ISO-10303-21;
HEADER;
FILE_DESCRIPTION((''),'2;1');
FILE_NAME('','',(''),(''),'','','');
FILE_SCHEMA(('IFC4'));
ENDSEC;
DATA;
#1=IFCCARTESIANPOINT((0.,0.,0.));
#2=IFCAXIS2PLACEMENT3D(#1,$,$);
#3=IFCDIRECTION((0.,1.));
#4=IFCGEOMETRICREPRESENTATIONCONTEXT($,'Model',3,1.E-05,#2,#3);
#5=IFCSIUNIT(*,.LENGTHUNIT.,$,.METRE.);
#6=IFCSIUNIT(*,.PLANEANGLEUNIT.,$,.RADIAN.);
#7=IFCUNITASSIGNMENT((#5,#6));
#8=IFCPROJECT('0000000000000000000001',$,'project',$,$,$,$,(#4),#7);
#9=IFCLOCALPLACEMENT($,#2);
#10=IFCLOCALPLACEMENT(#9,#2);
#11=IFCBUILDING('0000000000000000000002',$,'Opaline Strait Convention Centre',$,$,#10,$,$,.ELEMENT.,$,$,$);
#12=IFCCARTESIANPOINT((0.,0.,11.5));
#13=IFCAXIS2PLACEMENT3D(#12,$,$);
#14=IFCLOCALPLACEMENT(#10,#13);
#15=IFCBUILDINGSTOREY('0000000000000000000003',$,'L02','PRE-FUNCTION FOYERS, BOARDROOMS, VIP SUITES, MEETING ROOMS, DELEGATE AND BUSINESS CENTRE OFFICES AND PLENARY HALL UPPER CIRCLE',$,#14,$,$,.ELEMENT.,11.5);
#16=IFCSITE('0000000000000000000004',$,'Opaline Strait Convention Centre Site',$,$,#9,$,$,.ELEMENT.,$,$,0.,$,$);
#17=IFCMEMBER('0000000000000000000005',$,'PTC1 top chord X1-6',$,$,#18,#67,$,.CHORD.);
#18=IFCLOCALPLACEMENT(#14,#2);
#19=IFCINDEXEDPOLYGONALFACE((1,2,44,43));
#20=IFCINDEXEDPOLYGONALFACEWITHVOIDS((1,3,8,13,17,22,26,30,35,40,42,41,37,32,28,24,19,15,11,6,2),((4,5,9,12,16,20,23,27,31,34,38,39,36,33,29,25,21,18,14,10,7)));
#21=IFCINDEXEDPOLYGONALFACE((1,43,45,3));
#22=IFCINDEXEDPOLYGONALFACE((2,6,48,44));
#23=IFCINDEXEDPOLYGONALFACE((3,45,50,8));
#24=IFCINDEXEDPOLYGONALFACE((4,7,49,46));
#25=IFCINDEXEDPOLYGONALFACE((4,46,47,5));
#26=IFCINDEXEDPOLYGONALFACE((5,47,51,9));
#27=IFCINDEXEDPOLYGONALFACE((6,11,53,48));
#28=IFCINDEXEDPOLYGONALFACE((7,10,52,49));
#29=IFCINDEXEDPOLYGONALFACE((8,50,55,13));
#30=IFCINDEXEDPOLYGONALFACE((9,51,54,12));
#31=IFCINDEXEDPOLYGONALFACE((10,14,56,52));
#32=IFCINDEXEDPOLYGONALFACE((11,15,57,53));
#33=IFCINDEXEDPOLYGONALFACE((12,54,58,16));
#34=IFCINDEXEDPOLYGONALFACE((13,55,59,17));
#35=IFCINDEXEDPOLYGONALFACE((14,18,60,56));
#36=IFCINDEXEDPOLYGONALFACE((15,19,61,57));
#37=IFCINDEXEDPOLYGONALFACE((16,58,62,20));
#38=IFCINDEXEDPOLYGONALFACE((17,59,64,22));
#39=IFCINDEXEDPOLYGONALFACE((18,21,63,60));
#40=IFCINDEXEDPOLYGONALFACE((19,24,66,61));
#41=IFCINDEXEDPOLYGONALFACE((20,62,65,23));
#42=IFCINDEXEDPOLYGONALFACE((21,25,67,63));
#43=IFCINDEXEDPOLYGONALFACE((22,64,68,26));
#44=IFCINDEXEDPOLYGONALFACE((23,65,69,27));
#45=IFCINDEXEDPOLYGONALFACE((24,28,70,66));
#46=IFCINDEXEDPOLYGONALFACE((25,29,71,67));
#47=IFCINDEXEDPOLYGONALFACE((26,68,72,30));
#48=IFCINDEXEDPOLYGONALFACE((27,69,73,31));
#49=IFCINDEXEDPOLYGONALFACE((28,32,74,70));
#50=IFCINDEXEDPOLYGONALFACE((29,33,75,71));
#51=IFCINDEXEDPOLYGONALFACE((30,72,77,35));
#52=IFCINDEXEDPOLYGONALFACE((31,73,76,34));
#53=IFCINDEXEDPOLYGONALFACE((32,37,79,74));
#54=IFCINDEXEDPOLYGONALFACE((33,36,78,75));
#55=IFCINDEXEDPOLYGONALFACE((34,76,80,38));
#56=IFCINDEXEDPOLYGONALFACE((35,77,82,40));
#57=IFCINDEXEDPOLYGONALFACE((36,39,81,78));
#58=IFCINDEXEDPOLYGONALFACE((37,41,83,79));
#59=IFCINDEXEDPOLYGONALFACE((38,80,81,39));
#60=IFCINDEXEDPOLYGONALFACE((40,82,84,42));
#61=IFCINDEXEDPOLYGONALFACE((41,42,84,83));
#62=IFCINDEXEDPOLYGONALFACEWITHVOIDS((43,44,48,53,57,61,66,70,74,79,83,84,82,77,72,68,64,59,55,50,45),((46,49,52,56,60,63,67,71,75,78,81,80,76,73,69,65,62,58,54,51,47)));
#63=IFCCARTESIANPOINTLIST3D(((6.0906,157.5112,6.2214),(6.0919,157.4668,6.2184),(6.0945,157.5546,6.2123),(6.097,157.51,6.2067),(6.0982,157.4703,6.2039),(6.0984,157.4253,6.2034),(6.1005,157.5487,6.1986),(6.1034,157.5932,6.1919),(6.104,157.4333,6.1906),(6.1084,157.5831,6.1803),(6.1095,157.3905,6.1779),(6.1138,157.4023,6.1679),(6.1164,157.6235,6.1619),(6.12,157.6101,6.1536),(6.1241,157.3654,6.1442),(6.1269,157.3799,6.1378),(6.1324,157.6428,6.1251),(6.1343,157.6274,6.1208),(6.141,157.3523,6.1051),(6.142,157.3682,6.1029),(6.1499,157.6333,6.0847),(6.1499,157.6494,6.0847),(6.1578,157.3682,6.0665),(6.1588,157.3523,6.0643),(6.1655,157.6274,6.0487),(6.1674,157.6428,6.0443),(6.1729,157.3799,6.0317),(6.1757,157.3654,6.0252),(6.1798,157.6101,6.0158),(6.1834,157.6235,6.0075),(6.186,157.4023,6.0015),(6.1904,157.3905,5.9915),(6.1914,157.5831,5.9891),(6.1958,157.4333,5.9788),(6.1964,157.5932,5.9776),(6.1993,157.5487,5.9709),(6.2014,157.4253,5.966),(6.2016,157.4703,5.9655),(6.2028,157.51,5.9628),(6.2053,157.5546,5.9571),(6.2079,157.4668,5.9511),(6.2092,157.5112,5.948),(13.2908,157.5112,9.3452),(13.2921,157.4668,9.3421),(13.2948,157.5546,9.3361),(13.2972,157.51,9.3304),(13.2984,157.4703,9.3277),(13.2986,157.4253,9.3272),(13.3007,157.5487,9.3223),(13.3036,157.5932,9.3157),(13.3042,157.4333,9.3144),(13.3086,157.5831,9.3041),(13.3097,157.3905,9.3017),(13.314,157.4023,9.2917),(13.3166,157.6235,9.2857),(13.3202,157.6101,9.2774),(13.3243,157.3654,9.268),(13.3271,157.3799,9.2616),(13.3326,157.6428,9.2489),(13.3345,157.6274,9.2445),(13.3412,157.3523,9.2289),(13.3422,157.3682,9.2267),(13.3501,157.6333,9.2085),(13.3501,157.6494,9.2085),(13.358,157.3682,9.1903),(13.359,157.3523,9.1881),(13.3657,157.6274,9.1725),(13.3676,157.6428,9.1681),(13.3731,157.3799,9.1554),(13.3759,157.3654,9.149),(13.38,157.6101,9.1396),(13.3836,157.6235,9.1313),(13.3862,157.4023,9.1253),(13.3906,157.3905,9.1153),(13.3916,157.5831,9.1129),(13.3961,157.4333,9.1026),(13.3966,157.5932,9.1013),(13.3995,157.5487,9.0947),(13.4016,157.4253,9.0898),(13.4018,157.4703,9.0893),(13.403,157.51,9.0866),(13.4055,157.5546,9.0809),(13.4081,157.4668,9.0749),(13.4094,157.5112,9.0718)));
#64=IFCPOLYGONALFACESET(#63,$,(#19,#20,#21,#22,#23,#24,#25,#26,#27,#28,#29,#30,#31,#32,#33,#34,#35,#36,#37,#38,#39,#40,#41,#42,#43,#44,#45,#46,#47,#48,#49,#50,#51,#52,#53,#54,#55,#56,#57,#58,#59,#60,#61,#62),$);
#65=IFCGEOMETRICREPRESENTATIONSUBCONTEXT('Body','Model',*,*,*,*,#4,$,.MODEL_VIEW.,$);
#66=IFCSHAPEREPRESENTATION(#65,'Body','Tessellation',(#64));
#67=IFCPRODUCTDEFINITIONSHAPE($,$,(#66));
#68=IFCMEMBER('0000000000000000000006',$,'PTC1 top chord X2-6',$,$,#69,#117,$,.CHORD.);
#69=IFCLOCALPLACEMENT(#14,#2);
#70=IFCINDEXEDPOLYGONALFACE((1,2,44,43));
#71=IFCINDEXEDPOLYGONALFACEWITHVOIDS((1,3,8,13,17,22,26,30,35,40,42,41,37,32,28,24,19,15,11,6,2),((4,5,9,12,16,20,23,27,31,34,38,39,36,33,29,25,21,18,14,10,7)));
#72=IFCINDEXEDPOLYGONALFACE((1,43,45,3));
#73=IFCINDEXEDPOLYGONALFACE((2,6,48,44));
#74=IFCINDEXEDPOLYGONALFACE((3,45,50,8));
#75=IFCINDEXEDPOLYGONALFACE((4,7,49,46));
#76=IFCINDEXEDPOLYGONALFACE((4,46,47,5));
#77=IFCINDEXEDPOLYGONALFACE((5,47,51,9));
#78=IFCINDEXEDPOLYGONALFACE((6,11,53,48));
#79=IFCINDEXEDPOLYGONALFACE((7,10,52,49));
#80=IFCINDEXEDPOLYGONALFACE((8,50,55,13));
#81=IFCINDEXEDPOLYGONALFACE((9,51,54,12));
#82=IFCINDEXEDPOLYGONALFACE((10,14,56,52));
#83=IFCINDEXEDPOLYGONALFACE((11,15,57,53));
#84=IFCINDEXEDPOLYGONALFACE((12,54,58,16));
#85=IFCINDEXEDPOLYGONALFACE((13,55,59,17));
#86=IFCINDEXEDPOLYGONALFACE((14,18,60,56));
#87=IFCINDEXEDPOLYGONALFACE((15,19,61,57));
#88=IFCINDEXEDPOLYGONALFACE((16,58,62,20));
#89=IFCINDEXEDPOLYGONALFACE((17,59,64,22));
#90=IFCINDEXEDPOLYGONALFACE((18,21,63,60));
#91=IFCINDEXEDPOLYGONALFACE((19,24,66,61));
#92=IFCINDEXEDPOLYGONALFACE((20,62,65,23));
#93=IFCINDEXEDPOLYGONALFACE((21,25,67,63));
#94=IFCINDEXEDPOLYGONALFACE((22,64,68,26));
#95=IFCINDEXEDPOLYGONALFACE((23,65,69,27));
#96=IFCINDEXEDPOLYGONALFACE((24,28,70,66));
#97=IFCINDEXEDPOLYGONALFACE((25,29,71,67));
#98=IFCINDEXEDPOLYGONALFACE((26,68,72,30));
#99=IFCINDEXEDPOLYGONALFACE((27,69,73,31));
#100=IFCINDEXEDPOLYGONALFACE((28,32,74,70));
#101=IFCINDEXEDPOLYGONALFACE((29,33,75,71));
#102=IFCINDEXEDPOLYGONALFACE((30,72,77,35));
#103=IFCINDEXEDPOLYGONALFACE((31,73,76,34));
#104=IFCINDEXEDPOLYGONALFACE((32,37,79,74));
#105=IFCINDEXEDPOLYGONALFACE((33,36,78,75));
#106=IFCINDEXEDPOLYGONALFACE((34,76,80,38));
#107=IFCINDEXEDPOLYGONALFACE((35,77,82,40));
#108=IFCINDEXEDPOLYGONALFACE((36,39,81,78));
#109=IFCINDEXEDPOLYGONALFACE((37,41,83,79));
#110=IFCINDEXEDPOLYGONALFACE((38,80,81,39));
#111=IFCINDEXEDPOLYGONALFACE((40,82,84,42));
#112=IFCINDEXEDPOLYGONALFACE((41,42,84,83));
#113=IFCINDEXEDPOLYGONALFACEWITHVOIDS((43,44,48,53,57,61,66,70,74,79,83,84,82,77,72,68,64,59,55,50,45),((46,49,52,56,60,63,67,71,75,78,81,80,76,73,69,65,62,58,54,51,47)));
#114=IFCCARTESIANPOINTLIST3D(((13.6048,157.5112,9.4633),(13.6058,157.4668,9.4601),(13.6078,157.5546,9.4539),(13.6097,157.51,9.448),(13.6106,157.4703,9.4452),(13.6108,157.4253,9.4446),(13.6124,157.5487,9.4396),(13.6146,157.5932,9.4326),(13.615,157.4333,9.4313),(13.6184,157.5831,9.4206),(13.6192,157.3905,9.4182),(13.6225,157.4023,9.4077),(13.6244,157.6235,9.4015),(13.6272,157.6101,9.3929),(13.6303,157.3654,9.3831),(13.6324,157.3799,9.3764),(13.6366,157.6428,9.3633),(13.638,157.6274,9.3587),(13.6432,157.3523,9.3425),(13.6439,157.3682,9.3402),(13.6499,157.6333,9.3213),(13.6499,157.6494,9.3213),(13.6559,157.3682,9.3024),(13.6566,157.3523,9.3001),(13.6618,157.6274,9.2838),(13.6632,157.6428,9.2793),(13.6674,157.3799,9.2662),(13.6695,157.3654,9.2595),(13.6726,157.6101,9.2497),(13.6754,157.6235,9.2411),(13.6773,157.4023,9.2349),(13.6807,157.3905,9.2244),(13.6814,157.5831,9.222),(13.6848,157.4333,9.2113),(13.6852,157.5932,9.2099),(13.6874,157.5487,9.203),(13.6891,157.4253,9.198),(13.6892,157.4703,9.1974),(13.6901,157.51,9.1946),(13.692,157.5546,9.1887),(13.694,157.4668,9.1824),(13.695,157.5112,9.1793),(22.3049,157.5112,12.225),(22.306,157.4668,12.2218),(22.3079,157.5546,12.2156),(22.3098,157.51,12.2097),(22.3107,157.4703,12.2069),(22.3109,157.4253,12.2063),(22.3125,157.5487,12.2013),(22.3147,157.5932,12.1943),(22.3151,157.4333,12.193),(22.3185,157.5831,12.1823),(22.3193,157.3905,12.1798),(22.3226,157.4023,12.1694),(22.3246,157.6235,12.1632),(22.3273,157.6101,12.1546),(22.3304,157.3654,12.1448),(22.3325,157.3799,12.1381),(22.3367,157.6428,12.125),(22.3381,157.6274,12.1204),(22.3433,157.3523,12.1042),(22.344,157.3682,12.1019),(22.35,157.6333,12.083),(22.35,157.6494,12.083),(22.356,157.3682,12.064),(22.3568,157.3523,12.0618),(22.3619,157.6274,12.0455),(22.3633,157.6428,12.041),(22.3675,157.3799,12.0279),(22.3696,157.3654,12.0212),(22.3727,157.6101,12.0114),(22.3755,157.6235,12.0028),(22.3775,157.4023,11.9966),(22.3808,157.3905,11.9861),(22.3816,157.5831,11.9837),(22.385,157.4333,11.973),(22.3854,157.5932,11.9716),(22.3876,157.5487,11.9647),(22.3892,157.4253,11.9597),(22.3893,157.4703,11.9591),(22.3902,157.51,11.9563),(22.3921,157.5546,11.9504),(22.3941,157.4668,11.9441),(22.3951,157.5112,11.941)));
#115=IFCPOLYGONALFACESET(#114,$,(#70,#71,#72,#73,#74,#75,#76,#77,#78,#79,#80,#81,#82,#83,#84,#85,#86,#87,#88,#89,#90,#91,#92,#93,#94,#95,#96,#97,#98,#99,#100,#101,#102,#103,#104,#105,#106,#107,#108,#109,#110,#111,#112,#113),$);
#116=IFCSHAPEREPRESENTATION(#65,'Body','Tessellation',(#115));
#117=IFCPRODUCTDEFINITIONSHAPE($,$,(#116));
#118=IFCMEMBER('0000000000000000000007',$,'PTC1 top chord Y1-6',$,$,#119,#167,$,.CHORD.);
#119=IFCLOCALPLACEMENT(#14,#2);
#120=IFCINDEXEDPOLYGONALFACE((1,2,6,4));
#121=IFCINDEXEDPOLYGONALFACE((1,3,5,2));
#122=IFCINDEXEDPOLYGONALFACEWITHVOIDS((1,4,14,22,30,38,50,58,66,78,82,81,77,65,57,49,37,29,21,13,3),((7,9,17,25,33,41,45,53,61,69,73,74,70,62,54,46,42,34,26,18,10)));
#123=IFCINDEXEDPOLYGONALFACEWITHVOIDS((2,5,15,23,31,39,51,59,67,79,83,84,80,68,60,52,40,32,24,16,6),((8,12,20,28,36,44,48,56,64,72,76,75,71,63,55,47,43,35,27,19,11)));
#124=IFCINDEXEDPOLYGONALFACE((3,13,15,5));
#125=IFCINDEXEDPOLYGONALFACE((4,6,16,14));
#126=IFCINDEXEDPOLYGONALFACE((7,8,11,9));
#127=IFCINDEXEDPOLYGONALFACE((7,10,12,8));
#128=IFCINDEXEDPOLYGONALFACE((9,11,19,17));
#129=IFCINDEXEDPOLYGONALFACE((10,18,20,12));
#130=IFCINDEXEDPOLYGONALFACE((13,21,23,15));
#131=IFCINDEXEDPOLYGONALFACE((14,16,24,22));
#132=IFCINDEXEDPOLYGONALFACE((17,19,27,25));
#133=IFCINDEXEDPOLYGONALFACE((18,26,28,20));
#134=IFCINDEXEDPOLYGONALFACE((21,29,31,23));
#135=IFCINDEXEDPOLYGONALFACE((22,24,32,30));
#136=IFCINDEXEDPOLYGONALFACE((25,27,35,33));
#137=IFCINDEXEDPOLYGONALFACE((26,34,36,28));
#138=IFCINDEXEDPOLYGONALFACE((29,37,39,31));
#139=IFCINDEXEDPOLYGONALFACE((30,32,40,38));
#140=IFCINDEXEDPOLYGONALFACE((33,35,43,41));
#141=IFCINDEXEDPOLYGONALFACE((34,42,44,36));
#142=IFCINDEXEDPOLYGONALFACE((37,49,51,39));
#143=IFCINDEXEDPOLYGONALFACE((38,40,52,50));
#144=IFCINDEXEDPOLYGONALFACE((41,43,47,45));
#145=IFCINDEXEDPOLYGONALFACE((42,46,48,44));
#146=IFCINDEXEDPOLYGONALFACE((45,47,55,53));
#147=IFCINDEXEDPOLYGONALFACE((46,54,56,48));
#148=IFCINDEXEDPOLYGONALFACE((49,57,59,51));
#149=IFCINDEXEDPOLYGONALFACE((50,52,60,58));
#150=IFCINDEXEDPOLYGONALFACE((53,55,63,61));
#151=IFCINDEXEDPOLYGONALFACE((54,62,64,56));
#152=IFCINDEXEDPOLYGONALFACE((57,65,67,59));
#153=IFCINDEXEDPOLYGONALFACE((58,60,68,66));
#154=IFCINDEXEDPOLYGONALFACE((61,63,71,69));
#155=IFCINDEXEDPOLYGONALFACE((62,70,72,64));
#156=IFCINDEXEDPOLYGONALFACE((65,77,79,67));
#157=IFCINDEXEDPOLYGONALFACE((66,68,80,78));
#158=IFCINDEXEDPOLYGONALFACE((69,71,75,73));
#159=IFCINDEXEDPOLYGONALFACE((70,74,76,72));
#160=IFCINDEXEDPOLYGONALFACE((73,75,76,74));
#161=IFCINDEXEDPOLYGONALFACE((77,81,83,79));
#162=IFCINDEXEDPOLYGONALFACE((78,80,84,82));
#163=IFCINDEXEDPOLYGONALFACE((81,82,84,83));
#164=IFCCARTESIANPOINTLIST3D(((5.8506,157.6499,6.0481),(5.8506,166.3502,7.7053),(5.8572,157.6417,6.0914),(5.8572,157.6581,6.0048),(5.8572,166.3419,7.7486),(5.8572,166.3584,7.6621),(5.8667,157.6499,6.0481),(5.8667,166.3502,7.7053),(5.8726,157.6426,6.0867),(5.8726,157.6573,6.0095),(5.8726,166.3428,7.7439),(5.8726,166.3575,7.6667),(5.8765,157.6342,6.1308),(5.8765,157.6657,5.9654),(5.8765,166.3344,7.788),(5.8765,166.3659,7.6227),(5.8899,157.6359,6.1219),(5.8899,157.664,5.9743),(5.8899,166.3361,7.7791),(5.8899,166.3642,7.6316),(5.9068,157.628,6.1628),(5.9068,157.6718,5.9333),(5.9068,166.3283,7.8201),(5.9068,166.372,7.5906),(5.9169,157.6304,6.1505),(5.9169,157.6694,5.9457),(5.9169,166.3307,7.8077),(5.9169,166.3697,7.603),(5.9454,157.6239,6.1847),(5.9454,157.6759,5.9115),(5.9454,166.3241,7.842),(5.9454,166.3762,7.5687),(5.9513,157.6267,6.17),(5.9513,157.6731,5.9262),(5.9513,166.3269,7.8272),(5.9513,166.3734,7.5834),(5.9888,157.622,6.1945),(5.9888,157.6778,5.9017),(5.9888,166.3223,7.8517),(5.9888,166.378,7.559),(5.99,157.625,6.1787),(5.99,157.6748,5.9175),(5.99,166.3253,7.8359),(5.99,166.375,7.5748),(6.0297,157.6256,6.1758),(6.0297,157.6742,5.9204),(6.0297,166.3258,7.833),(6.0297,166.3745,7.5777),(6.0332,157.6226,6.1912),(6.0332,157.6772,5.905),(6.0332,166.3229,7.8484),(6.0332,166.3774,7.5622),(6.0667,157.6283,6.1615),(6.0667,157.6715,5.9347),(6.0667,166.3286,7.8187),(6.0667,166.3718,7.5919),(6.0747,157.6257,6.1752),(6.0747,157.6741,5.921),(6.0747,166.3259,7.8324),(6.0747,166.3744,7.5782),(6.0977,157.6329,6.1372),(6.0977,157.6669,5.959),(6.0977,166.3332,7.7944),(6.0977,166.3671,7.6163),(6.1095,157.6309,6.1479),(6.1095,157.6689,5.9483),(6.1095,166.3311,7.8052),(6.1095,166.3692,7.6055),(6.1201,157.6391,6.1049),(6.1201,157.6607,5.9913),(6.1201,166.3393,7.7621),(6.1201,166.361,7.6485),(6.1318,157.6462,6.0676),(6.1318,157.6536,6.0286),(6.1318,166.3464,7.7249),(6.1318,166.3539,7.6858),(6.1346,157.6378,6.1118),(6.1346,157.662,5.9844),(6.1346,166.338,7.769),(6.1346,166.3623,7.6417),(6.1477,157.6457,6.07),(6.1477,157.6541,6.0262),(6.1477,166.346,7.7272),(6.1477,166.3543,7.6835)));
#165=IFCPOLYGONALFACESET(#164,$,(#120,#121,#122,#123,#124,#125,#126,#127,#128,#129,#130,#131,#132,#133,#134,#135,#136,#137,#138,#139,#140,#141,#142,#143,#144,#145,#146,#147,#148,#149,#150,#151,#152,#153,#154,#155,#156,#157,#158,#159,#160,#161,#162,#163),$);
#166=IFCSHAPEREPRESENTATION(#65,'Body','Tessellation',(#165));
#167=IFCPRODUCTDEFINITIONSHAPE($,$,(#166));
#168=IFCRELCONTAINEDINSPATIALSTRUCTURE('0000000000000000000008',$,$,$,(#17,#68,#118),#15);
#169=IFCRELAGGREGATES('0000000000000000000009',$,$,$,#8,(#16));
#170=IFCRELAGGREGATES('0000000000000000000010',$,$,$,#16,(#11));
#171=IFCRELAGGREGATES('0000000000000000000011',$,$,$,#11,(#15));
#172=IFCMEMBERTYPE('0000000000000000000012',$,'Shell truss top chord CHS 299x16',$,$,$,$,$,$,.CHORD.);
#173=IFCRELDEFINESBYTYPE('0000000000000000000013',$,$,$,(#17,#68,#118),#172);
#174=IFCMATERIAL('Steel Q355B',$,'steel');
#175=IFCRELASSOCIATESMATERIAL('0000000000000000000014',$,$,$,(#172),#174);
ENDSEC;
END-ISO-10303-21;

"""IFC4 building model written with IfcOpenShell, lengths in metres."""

from ifc_helpers import new_model, si_unit, direction, frame, origin, origin_2d, place, context, subcontext, project, spatial, hollow_circle, extrude, material, material_profile, profile_set, type_object, element, save


model = new_model("IFC4")

# Units and contexts
model_context = context("Model", 3, precision=1e-05, world=origin(), true_north=direction((0.0, 1.0)))
body_context = subcontext(model_context, "Body", "Model", "MODEL_VIEW")
ifc_project = project(units=[si_unit("LENGTHUNIT", "METRE"), si_unit("PLANEANGLEUNIT", "RADIAN")], contexts=[model_context])

# Site, building, storey
site_placement = place(None, origin())
site = spatial("IfcSite", under=ifc_project, at=site_placement, Name="Opaline Strait Convention Centre Site", CompositionType="ELEMENT", RefElevation=0.0)
building_placement = place(site_placement, origin())
building = spatial("IfcBuilding", under=site, at=building_placement, Name="Opaline Strait Convention Centre", CompositionType="ELEMENT")
storey_placement = place(building_placement, frame((0.0, 0.0, 11.5)))
storey = spatial("IfcBuildingStorey", under=building, at=storey_placement, Name="L02", Description="PRE-FUNCTION FOYERS, BOARDROOMS, VIP SUITES, MEETING ROOMS, DELEGATE AND BUSINESS CENTRE OFFICES AND PLENARY HALL UPPER CIRCLE", CompositionType="ELEMENT", Elevation=11.5)

# Members
ifc_material_1 = material(Name="Steel Q355B", Category="steel")
ifc_material_profile_1 = material_profile(ifc_material_1, hollow_circle(Radius=0.1494, WallThickness=0.0161, at=origin_2d()), Name="CHS 299x16")
ifc_profile_set_1 = profile_set([ifc_material_profile_1], Name="Steel Q355B")
member_type_1 = type_object("IfcMemberType", Name="Shell truss top chord CHS 299x16", PredefinedType="CHORD", material=ifc_profile_set_1)
member_1_placement = place(storey_placement, frame((6.1499, 157.5, 6.0847), z_axis=(0.917384, 0.0, 0.398004), x_axis=(0.0, 1.0, 0.0)))
element("IfcMember", 1, at=member_1_placement, inside=storey, type_object=member_type_1, Name="PTC1 top chord X1-6", PredefinedType="CHORD", context=body_context, shape_type="SweptSolid", body=[
    extrude(hollow_circle(Radius=0.1494, WallThickness=0.0161, at=origin_2d()), origin(), (0.0, 0.0, 1.0), 7.8486),
])
member_2_placement = place(storey_placement, frame((13.6499, 157.5, 9.3213), z_axis=(0.953132, 0.0, 0.302554), x_axis=(0.0, 1.0, 0.0)))
element("IfcMember", 2, at=member_2_placement, inside=storey, type_object=member_type_1, Name="PTC1 top chord X2-6", PredefinedType="CHORD", context=body_context, shape_type="SweptSolid", body=[
    extrude(hollow_circle(Radius=0.1494, WallThickness=0.0161, at=origin_2d()), origin(), (0.0, 0.0, 1.0), 9.1279),
])
for number, where, z_axis, x_axis, name in (
    (3, (6.0, 157.6499, 6.0481), (0.0, 0.982338, 0.187117), (-1.0, 0.0, 0.0), "PTC1 top chord Y1-6"),
):
    element("IfcMember", number, at=place(storey_placement, frame(where, z_axis=z_axis, x_axis=x_axis)), inside=storey, type_object=member_type_1, Name=name, PredefinedType="CHORD", context=body_context, shape_type="SweptSolid", body=[
        extrude(hollow_circle(Radius=0.1494, WallThickness=0.0161, at=origin_2d()), origin(), (0.0, 0.0, 1.0), 8.8567),
    ])

save(model, "model.ifc")
